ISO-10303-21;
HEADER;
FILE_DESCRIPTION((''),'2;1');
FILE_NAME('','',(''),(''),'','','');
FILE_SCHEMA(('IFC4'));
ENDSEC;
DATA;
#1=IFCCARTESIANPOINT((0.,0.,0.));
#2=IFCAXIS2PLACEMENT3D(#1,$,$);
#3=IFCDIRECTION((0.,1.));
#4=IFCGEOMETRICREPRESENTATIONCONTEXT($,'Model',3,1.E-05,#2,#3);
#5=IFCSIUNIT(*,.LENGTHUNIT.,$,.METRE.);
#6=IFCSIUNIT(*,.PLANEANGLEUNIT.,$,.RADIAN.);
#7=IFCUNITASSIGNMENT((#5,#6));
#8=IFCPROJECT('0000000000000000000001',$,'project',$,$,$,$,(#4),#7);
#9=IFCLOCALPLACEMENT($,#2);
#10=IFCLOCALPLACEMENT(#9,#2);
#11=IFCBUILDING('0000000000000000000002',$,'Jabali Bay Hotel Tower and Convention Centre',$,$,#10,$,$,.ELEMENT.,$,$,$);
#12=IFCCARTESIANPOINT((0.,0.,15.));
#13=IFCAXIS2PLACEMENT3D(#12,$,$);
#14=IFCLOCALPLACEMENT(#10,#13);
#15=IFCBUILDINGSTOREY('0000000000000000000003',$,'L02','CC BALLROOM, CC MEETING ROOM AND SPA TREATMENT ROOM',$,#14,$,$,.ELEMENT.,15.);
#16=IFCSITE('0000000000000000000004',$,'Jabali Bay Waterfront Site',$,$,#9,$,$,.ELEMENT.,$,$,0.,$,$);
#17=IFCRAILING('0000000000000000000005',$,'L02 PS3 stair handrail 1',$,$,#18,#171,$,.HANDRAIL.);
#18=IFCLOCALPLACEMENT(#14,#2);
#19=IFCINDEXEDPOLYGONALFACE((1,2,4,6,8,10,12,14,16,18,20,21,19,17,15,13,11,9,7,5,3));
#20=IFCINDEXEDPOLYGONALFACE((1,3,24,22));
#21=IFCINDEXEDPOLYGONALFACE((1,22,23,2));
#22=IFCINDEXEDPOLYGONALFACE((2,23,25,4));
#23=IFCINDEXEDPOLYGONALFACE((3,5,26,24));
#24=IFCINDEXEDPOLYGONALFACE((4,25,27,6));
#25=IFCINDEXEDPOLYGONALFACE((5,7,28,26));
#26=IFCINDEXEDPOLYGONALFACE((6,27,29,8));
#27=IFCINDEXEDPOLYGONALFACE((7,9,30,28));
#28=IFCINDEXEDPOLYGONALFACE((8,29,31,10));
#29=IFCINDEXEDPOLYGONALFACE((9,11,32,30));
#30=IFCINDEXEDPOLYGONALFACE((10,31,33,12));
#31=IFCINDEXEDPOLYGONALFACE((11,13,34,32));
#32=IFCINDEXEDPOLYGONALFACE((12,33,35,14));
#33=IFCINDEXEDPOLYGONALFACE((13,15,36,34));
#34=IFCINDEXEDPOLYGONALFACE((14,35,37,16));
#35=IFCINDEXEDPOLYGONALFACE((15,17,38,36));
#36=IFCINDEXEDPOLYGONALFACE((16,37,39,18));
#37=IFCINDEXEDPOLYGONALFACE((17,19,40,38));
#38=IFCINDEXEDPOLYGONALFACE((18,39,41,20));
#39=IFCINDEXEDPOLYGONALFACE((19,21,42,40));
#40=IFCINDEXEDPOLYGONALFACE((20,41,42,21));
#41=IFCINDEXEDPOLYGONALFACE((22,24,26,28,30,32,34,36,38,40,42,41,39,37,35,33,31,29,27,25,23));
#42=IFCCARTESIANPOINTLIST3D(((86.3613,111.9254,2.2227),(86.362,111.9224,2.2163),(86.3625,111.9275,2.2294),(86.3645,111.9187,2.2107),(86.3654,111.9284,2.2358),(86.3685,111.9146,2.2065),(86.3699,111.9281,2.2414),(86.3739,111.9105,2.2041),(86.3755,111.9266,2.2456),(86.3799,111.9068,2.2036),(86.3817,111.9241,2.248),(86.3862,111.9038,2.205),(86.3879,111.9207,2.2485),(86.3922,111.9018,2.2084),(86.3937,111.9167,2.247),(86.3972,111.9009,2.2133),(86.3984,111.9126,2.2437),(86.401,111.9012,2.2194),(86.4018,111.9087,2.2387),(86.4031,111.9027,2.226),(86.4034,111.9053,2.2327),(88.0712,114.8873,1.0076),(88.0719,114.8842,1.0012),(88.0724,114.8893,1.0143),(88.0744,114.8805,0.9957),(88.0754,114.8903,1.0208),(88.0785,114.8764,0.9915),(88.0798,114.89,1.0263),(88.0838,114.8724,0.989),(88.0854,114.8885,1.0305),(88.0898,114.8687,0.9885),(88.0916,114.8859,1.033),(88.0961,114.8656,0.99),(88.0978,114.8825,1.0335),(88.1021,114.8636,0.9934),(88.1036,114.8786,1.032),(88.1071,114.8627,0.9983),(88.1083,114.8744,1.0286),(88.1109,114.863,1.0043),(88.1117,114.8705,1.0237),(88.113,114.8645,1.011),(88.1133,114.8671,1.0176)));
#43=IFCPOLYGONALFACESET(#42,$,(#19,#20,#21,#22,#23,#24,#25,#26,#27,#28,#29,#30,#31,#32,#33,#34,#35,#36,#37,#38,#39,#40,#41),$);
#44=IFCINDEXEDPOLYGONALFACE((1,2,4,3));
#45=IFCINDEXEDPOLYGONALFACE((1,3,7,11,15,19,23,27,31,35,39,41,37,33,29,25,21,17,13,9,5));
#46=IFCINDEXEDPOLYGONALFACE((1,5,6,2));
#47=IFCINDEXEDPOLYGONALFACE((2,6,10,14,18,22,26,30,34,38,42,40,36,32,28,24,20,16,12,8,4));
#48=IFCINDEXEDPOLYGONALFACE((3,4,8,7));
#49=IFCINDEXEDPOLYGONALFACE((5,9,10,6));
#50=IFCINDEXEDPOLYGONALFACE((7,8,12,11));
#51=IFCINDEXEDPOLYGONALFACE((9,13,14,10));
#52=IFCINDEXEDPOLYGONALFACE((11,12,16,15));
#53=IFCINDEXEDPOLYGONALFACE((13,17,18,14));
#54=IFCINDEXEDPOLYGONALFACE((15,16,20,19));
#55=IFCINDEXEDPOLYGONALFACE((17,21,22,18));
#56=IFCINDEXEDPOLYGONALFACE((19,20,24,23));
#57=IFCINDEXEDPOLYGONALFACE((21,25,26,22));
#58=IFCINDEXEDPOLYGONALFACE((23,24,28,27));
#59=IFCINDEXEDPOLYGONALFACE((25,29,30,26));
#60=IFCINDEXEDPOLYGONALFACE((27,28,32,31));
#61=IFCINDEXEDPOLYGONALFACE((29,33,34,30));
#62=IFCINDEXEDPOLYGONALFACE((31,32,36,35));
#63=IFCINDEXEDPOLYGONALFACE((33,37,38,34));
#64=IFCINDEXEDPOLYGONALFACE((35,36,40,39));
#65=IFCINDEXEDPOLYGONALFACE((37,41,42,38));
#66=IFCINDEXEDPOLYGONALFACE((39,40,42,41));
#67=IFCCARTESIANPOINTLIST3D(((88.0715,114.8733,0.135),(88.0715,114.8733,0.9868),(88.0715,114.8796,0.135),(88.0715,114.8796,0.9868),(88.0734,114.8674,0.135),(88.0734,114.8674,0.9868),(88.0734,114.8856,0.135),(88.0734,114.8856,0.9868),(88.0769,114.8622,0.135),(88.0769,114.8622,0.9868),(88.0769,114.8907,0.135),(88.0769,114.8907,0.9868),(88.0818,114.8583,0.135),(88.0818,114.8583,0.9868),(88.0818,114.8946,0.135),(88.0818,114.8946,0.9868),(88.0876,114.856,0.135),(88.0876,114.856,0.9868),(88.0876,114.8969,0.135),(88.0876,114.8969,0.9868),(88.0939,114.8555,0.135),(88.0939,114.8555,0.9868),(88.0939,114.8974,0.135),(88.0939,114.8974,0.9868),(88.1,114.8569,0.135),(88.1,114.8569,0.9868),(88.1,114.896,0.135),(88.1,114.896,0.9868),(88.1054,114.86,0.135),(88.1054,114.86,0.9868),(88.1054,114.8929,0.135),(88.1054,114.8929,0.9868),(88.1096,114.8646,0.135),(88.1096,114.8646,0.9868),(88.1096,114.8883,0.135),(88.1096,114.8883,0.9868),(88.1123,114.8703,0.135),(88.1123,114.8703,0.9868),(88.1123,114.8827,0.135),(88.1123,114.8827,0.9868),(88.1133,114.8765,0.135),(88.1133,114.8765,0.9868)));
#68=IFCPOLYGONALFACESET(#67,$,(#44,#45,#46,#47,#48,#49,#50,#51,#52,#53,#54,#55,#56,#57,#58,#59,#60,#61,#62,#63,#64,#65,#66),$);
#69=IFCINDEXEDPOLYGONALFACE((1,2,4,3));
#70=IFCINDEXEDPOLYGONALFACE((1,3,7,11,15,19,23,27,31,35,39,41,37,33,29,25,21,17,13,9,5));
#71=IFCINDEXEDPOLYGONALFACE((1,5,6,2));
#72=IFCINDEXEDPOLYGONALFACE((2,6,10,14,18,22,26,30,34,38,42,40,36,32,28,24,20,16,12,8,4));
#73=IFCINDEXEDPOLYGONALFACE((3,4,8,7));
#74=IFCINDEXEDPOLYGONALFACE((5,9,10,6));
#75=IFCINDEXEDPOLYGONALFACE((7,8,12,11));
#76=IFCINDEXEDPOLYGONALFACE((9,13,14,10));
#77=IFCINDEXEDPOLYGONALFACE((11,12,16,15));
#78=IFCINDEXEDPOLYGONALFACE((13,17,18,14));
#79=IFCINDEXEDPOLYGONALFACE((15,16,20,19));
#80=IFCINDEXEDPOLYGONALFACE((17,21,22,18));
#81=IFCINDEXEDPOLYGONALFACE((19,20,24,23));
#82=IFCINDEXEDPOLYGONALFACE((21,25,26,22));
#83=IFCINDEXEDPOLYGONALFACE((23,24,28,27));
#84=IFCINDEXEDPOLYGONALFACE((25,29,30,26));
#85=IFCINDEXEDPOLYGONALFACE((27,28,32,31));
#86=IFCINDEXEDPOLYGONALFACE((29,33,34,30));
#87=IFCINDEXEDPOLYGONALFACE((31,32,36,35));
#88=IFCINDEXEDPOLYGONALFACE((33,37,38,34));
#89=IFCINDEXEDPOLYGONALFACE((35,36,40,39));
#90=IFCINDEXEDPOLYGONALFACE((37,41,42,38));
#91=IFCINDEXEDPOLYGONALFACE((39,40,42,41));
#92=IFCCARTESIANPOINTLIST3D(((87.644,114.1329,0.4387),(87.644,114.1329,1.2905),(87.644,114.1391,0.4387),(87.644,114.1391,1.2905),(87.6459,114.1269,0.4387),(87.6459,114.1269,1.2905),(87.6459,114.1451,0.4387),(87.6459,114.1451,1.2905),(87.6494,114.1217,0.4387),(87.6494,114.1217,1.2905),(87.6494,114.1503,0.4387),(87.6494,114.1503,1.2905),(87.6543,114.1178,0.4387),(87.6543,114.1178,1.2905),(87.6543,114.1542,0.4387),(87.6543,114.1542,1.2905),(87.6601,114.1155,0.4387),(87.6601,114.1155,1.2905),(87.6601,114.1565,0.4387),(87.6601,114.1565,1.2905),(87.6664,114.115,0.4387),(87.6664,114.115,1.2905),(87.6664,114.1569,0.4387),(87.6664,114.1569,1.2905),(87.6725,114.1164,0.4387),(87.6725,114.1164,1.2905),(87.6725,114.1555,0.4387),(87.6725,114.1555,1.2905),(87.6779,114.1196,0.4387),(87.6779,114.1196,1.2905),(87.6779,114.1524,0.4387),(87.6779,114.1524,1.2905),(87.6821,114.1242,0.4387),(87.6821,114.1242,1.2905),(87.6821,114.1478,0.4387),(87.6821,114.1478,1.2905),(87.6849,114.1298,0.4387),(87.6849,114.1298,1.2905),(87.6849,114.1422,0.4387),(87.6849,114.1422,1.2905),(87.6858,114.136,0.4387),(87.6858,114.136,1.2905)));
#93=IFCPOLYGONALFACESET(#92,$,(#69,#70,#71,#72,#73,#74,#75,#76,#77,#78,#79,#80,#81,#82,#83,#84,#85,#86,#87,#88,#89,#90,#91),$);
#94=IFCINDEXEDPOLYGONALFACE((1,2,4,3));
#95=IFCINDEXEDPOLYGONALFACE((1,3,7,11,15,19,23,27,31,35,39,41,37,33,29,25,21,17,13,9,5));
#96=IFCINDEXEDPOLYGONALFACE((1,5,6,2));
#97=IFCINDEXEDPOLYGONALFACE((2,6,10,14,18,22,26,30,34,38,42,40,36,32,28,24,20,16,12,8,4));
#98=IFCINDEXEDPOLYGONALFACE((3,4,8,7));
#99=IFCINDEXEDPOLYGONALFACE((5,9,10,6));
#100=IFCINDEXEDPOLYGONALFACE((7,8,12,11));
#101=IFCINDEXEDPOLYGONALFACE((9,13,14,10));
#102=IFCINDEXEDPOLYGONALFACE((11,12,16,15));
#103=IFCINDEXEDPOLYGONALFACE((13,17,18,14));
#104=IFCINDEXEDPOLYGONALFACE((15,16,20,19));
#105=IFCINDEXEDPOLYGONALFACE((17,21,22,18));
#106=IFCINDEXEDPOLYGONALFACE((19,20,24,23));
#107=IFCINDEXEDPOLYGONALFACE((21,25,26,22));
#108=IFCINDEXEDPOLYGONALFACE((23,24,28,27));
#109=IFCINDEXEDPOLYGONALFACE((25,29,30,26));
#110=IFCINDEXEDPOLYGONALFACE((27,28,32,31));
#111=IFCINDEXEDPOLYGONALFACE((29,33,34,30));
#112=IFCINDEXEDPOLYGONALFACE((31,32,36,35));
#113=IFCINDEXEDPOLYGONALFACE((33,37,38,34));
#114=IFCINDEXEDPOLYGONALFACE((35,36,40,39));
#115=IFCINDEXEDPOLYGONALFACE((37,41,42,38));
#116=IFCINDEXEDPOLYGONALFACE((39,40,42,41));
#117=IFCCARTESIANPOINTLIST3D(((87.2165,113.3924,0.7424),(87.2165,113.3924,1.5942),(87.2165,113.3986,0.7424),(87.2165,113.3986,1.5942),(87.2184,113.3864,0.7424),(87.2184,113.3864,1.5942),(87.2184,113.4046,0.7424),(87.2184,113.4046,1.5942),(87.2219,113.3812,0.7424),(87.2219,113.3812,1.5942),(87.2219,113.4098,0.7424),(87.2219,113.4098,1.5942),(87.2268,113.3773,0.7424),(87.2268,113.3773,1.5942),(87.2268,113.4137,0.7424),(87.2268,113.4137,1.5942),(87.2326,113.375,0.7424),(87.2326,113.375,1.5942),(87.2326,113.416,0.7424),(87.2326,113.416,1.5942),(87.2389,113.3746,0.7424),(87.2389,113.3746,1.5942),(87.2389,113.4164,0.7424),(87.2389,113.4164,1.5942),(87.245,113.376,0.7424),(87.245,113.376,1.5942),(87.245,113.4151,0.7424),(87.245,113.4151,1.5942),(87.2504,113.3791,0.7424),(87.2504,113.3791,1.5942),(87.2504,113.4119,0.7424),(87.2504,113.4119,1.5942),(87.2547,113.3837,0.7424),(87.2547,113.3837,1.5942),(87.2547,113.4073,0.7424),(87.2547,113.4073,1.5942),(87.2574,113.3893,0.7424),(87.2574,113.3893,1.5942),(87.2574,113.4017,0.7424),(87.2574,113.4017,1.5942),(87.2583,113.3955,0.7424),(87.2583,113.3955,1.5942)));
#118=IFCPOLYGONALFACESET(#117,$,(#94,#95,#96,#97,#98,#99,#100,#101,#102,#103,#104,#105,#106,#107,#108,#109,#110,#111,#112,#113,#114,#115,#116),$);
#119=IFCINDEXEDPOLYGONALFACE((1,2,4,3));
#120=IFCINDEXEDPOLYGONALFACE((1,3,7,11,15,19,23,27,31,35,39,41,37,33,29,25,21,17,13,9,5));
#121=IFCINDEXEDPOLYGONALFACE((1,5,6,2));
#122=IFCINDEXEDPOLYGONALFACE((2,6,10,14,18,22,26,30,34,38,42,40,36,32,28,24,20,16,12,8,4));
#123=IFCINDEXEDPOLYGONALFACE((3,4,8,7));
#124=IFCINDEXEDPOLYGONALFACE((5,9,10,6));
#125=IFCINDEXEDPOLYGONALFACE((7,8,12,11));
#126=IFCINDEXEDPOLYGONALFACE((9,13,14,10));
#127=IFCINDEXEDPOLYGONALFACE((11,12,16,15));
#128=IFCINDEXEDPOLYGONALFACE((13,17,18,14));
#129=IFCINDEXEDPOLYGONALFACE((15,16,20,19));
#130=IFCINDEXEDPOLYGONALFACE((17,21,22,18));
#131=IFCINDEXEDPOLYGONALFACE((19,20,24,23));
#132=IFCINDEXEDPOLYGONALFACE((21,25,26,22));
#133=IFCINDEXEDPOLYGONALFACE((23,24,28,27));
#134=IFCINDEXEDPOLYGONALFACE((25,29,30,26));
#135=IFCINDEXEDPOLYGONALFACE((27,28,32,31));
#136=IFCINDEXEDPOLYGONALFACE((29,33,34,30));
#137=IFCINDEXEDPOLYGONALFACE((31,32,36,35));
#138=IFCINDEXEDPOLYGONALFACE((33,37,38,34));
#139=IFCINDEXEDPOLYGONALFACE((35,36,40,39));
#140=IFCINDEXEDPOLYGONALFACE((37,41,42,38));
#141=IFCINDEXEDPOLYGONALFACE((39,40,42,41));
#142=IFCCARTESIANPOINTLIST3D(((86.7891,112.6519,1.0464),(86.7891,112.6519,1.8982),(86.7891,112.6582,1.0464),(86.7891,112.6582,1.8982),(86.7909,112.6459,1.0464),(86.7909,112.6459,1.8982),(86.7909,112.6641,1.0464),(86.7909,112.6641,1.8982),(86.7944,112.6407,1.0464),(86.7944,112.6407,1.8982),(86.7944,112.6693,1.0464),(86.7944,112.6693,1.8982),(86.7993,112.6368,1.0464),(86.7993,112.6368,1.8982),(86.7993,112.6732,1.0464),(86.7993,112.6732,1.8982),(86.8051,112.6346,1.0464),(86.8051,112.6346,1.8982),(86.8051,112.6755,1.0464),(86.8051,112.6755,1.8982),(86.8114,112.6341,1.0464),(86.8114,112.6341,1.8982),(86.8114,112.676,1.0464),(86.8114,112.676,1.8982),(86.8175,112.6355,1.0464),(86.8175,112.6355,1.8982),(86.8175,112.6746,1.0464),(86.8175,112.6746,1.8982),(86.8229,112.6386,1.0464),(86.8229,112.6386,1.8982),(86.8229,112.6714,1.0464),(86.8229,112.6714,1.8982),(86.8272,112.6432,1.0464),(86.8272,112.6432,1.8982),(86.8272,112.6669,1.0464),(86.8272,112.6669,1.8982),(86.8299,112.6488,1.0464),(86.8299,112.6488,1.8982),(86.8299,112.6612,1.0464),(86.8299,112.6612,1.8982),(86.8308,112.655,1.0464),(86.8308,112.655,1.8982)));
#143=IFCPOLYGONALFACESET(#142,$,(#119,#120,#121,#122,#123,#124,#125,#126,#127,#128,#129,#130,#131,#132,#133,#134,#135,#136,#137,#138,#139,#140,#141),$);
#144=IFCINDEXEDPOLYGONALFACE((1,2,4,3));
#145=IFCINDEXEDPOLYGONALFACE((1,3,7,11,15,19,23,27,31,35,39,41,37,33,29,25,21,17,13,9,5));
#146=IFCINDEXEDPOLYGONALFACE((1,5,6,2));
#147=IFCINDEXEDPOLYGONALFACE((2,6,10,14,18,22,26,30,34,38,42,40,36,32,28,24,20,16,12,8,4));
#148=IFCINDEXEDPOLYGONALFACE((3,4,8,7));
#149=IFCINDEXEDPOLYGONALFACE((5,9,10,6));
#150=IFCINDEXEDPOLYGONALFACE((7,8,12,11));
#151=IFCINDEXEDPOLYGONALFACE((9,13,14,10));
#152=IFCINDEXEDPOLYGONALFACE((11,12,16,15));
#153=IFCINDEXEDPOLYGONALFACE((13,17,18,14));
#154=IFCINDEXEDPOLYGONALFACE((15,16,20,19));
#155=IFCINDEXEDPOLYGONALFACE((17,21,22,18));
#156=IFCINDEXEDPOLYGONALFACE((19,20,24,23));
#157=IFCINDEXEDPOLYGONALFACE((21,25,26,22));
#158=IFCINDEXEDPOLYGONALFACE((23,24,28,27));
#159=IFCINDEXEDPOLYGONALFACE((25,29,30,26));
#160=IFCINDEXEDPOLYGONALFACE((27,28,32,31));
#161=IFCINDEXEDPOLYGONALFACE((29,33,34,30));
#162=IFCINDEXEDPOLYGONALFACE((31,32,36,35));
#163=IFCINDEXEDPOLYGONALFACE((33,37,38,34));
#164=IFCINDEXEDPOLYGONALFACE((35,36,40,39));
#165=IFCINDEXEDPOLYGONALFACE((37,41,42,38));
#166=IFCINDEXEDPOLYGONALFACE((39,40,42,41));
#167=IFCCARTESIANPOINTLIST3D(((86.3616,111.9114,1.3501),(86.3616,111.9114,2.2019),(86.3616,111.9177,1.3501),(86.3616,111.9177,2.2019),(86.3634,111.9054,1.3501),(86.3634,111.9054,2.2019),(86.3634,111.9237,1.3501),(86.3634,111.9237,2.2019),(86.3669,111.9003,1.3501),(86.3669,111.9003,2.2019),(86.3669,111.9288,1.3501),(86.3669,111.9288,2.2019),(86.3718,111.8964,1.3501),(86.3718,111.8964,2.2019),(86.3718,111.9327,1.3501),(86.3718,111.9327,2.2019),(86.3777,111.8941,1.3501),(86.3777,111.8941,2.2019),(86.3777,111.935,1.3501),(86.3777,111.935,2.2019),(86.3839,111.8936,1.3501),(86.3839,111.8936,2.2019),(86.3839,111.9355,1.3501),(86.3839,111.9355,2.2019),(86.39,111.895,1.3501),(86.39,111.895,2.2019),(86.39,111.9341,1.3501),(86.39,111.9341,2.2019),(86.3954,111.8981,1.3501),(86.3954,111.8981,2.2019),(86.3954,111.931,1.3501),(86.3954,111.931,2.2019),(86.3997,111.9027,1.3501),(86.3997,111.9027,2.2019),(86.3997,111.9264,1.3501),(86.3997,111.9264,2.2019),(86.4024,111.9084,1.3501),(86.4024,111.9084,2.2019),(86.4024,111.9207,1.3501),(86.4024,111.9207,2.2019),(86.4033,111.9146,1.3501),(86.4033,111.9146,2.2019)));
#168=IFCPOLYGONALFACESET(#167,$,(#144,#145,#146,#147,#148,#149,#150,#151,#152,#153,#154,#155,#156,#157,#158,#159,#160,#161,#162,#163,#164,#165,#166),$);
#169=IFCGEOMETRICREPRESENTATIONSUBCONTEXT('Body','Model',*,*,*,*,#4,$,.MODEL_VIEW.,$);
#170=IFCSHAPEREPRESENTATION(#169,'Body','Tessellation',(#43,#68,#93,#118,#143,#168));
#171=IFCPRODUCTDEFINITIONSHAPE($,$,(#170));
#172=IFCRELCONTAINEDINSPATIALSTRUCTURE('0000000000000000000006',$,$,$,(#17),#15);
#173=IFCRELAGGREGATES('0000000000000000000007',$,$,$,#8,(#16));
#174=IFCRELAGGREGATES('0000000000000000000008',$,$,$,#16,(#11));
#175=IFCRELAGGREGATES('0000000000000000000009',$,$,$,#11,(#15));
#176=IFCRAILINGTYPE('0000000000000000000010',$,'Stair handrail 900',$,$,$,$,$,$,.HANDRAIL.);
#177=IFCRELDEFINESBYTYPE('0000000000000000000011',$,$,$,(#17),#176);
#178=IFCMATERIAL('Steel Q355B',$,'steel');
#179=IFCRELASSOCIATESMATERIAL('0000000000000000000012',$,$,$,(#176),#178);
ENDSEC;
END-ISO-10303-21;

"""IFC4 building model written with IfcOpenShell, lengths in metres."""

from ifc_helpers import new_model, si_unit, direction, frame, origin, origin_2d, place, context, subcontext, project, spatial, circle, extrude, material, type_object, element, save


model = new_model("IFC4")

# Units and contexts
model_context = context("Model", 3, precision=1e-05, world=origin(), true_north=direction((0.0, 1.0)))
body_context = subcontext(model_context, "Body", "Model", "MODEL_VIEW")
ifc_project = project(units=[si_unit("LENGTHUNIT", "METRE"), si_unit("PLANEANGLEUNIT", "RADIAN")], contexts=[model_context])

# Site, building, storey
site_placement = place(None, origin())
site = spatial("IfcSite", under=ifc_project, at=site_placement, Name="Jabali Bay Waterfront Site", CompositionType="ELEMENT", RefElevation=0.0)
building_placement = place(site_placement, origin())
building = spatial("IfcBuilding", under=site, at=building_placement, Name="Jabali Bay Hotel Tower and Convention Centre", CompositionType="ELEMENT")
storey_placement = place(building_placement, frame((0.0, 0.0, 15.0)))
storey = spatial("IfcBuildingStorey", under=building, at=storey_placement, Name="L02", Description="CC BALLROOM, CC MEETING ROOM AND SPA TREATMENT ROOM", CompositionType="ELEMENT", Elevation=15.0)

# Railing
ifc_material_1 = material(Name="Steel Q355B", Category="steel")
railing_type_1 = type_object("IfcRailingType", Name="Stair handrail 900", PredefinedType="HANDRAIL", material=ifc_material_1)
for number, where, name in (
    (1, (88.0923, 114.8765, 0.135), "L02 PS3 stair handrail 1"),
):
    element("IfcRailing", number, at=place(storey_placement, frame(where)), inside=storey, type_object=railing_type_1, Name=name, PredefinedType="HANDRAIL", context=body_context, shape_type="SweptSolid", body=[
        extrude(circle(Radius=0.0239, at=origin_2d()), frame((0.0, 0.0, 0.876), z_axis=(-0.471127, -0.816065, 0.33478), x_axis=(0.866038, -0.499978, 0.0)), (0.0, 0.0, 1.0), 3.6294),
        extrude(circle(Radius=0.021, at=origin_2d()), origin(), (0.0, 0.0, 1.0), 0.8518),
        extrude(circle(Radius=0.021, at=origin_2d()), frame((-0.4275, -0.7405, 0.3037)), (0.0, 0.0, 1.0), 0.8518),
        extrude(circle(Radius=0.021, at=origin_2d()), frame((-0.855, -1.481, 0.6074)), (0.0, 0.0, 1.0), 0.8518),
        extrude(circle(Radius=0.021, at=origin_2d()), frame((-1.2825, -2.2214, 0.9114)), (0.0, 0.0, 1.0), 0.8518),
        extrude(circle(Radius=0.021, at=origin_2d()), frame((-1.71, -2.9619, 1.2151)), (0.0, 0.0, 1.0), 0.8518),
    ])

save(model, "model.ifc")
